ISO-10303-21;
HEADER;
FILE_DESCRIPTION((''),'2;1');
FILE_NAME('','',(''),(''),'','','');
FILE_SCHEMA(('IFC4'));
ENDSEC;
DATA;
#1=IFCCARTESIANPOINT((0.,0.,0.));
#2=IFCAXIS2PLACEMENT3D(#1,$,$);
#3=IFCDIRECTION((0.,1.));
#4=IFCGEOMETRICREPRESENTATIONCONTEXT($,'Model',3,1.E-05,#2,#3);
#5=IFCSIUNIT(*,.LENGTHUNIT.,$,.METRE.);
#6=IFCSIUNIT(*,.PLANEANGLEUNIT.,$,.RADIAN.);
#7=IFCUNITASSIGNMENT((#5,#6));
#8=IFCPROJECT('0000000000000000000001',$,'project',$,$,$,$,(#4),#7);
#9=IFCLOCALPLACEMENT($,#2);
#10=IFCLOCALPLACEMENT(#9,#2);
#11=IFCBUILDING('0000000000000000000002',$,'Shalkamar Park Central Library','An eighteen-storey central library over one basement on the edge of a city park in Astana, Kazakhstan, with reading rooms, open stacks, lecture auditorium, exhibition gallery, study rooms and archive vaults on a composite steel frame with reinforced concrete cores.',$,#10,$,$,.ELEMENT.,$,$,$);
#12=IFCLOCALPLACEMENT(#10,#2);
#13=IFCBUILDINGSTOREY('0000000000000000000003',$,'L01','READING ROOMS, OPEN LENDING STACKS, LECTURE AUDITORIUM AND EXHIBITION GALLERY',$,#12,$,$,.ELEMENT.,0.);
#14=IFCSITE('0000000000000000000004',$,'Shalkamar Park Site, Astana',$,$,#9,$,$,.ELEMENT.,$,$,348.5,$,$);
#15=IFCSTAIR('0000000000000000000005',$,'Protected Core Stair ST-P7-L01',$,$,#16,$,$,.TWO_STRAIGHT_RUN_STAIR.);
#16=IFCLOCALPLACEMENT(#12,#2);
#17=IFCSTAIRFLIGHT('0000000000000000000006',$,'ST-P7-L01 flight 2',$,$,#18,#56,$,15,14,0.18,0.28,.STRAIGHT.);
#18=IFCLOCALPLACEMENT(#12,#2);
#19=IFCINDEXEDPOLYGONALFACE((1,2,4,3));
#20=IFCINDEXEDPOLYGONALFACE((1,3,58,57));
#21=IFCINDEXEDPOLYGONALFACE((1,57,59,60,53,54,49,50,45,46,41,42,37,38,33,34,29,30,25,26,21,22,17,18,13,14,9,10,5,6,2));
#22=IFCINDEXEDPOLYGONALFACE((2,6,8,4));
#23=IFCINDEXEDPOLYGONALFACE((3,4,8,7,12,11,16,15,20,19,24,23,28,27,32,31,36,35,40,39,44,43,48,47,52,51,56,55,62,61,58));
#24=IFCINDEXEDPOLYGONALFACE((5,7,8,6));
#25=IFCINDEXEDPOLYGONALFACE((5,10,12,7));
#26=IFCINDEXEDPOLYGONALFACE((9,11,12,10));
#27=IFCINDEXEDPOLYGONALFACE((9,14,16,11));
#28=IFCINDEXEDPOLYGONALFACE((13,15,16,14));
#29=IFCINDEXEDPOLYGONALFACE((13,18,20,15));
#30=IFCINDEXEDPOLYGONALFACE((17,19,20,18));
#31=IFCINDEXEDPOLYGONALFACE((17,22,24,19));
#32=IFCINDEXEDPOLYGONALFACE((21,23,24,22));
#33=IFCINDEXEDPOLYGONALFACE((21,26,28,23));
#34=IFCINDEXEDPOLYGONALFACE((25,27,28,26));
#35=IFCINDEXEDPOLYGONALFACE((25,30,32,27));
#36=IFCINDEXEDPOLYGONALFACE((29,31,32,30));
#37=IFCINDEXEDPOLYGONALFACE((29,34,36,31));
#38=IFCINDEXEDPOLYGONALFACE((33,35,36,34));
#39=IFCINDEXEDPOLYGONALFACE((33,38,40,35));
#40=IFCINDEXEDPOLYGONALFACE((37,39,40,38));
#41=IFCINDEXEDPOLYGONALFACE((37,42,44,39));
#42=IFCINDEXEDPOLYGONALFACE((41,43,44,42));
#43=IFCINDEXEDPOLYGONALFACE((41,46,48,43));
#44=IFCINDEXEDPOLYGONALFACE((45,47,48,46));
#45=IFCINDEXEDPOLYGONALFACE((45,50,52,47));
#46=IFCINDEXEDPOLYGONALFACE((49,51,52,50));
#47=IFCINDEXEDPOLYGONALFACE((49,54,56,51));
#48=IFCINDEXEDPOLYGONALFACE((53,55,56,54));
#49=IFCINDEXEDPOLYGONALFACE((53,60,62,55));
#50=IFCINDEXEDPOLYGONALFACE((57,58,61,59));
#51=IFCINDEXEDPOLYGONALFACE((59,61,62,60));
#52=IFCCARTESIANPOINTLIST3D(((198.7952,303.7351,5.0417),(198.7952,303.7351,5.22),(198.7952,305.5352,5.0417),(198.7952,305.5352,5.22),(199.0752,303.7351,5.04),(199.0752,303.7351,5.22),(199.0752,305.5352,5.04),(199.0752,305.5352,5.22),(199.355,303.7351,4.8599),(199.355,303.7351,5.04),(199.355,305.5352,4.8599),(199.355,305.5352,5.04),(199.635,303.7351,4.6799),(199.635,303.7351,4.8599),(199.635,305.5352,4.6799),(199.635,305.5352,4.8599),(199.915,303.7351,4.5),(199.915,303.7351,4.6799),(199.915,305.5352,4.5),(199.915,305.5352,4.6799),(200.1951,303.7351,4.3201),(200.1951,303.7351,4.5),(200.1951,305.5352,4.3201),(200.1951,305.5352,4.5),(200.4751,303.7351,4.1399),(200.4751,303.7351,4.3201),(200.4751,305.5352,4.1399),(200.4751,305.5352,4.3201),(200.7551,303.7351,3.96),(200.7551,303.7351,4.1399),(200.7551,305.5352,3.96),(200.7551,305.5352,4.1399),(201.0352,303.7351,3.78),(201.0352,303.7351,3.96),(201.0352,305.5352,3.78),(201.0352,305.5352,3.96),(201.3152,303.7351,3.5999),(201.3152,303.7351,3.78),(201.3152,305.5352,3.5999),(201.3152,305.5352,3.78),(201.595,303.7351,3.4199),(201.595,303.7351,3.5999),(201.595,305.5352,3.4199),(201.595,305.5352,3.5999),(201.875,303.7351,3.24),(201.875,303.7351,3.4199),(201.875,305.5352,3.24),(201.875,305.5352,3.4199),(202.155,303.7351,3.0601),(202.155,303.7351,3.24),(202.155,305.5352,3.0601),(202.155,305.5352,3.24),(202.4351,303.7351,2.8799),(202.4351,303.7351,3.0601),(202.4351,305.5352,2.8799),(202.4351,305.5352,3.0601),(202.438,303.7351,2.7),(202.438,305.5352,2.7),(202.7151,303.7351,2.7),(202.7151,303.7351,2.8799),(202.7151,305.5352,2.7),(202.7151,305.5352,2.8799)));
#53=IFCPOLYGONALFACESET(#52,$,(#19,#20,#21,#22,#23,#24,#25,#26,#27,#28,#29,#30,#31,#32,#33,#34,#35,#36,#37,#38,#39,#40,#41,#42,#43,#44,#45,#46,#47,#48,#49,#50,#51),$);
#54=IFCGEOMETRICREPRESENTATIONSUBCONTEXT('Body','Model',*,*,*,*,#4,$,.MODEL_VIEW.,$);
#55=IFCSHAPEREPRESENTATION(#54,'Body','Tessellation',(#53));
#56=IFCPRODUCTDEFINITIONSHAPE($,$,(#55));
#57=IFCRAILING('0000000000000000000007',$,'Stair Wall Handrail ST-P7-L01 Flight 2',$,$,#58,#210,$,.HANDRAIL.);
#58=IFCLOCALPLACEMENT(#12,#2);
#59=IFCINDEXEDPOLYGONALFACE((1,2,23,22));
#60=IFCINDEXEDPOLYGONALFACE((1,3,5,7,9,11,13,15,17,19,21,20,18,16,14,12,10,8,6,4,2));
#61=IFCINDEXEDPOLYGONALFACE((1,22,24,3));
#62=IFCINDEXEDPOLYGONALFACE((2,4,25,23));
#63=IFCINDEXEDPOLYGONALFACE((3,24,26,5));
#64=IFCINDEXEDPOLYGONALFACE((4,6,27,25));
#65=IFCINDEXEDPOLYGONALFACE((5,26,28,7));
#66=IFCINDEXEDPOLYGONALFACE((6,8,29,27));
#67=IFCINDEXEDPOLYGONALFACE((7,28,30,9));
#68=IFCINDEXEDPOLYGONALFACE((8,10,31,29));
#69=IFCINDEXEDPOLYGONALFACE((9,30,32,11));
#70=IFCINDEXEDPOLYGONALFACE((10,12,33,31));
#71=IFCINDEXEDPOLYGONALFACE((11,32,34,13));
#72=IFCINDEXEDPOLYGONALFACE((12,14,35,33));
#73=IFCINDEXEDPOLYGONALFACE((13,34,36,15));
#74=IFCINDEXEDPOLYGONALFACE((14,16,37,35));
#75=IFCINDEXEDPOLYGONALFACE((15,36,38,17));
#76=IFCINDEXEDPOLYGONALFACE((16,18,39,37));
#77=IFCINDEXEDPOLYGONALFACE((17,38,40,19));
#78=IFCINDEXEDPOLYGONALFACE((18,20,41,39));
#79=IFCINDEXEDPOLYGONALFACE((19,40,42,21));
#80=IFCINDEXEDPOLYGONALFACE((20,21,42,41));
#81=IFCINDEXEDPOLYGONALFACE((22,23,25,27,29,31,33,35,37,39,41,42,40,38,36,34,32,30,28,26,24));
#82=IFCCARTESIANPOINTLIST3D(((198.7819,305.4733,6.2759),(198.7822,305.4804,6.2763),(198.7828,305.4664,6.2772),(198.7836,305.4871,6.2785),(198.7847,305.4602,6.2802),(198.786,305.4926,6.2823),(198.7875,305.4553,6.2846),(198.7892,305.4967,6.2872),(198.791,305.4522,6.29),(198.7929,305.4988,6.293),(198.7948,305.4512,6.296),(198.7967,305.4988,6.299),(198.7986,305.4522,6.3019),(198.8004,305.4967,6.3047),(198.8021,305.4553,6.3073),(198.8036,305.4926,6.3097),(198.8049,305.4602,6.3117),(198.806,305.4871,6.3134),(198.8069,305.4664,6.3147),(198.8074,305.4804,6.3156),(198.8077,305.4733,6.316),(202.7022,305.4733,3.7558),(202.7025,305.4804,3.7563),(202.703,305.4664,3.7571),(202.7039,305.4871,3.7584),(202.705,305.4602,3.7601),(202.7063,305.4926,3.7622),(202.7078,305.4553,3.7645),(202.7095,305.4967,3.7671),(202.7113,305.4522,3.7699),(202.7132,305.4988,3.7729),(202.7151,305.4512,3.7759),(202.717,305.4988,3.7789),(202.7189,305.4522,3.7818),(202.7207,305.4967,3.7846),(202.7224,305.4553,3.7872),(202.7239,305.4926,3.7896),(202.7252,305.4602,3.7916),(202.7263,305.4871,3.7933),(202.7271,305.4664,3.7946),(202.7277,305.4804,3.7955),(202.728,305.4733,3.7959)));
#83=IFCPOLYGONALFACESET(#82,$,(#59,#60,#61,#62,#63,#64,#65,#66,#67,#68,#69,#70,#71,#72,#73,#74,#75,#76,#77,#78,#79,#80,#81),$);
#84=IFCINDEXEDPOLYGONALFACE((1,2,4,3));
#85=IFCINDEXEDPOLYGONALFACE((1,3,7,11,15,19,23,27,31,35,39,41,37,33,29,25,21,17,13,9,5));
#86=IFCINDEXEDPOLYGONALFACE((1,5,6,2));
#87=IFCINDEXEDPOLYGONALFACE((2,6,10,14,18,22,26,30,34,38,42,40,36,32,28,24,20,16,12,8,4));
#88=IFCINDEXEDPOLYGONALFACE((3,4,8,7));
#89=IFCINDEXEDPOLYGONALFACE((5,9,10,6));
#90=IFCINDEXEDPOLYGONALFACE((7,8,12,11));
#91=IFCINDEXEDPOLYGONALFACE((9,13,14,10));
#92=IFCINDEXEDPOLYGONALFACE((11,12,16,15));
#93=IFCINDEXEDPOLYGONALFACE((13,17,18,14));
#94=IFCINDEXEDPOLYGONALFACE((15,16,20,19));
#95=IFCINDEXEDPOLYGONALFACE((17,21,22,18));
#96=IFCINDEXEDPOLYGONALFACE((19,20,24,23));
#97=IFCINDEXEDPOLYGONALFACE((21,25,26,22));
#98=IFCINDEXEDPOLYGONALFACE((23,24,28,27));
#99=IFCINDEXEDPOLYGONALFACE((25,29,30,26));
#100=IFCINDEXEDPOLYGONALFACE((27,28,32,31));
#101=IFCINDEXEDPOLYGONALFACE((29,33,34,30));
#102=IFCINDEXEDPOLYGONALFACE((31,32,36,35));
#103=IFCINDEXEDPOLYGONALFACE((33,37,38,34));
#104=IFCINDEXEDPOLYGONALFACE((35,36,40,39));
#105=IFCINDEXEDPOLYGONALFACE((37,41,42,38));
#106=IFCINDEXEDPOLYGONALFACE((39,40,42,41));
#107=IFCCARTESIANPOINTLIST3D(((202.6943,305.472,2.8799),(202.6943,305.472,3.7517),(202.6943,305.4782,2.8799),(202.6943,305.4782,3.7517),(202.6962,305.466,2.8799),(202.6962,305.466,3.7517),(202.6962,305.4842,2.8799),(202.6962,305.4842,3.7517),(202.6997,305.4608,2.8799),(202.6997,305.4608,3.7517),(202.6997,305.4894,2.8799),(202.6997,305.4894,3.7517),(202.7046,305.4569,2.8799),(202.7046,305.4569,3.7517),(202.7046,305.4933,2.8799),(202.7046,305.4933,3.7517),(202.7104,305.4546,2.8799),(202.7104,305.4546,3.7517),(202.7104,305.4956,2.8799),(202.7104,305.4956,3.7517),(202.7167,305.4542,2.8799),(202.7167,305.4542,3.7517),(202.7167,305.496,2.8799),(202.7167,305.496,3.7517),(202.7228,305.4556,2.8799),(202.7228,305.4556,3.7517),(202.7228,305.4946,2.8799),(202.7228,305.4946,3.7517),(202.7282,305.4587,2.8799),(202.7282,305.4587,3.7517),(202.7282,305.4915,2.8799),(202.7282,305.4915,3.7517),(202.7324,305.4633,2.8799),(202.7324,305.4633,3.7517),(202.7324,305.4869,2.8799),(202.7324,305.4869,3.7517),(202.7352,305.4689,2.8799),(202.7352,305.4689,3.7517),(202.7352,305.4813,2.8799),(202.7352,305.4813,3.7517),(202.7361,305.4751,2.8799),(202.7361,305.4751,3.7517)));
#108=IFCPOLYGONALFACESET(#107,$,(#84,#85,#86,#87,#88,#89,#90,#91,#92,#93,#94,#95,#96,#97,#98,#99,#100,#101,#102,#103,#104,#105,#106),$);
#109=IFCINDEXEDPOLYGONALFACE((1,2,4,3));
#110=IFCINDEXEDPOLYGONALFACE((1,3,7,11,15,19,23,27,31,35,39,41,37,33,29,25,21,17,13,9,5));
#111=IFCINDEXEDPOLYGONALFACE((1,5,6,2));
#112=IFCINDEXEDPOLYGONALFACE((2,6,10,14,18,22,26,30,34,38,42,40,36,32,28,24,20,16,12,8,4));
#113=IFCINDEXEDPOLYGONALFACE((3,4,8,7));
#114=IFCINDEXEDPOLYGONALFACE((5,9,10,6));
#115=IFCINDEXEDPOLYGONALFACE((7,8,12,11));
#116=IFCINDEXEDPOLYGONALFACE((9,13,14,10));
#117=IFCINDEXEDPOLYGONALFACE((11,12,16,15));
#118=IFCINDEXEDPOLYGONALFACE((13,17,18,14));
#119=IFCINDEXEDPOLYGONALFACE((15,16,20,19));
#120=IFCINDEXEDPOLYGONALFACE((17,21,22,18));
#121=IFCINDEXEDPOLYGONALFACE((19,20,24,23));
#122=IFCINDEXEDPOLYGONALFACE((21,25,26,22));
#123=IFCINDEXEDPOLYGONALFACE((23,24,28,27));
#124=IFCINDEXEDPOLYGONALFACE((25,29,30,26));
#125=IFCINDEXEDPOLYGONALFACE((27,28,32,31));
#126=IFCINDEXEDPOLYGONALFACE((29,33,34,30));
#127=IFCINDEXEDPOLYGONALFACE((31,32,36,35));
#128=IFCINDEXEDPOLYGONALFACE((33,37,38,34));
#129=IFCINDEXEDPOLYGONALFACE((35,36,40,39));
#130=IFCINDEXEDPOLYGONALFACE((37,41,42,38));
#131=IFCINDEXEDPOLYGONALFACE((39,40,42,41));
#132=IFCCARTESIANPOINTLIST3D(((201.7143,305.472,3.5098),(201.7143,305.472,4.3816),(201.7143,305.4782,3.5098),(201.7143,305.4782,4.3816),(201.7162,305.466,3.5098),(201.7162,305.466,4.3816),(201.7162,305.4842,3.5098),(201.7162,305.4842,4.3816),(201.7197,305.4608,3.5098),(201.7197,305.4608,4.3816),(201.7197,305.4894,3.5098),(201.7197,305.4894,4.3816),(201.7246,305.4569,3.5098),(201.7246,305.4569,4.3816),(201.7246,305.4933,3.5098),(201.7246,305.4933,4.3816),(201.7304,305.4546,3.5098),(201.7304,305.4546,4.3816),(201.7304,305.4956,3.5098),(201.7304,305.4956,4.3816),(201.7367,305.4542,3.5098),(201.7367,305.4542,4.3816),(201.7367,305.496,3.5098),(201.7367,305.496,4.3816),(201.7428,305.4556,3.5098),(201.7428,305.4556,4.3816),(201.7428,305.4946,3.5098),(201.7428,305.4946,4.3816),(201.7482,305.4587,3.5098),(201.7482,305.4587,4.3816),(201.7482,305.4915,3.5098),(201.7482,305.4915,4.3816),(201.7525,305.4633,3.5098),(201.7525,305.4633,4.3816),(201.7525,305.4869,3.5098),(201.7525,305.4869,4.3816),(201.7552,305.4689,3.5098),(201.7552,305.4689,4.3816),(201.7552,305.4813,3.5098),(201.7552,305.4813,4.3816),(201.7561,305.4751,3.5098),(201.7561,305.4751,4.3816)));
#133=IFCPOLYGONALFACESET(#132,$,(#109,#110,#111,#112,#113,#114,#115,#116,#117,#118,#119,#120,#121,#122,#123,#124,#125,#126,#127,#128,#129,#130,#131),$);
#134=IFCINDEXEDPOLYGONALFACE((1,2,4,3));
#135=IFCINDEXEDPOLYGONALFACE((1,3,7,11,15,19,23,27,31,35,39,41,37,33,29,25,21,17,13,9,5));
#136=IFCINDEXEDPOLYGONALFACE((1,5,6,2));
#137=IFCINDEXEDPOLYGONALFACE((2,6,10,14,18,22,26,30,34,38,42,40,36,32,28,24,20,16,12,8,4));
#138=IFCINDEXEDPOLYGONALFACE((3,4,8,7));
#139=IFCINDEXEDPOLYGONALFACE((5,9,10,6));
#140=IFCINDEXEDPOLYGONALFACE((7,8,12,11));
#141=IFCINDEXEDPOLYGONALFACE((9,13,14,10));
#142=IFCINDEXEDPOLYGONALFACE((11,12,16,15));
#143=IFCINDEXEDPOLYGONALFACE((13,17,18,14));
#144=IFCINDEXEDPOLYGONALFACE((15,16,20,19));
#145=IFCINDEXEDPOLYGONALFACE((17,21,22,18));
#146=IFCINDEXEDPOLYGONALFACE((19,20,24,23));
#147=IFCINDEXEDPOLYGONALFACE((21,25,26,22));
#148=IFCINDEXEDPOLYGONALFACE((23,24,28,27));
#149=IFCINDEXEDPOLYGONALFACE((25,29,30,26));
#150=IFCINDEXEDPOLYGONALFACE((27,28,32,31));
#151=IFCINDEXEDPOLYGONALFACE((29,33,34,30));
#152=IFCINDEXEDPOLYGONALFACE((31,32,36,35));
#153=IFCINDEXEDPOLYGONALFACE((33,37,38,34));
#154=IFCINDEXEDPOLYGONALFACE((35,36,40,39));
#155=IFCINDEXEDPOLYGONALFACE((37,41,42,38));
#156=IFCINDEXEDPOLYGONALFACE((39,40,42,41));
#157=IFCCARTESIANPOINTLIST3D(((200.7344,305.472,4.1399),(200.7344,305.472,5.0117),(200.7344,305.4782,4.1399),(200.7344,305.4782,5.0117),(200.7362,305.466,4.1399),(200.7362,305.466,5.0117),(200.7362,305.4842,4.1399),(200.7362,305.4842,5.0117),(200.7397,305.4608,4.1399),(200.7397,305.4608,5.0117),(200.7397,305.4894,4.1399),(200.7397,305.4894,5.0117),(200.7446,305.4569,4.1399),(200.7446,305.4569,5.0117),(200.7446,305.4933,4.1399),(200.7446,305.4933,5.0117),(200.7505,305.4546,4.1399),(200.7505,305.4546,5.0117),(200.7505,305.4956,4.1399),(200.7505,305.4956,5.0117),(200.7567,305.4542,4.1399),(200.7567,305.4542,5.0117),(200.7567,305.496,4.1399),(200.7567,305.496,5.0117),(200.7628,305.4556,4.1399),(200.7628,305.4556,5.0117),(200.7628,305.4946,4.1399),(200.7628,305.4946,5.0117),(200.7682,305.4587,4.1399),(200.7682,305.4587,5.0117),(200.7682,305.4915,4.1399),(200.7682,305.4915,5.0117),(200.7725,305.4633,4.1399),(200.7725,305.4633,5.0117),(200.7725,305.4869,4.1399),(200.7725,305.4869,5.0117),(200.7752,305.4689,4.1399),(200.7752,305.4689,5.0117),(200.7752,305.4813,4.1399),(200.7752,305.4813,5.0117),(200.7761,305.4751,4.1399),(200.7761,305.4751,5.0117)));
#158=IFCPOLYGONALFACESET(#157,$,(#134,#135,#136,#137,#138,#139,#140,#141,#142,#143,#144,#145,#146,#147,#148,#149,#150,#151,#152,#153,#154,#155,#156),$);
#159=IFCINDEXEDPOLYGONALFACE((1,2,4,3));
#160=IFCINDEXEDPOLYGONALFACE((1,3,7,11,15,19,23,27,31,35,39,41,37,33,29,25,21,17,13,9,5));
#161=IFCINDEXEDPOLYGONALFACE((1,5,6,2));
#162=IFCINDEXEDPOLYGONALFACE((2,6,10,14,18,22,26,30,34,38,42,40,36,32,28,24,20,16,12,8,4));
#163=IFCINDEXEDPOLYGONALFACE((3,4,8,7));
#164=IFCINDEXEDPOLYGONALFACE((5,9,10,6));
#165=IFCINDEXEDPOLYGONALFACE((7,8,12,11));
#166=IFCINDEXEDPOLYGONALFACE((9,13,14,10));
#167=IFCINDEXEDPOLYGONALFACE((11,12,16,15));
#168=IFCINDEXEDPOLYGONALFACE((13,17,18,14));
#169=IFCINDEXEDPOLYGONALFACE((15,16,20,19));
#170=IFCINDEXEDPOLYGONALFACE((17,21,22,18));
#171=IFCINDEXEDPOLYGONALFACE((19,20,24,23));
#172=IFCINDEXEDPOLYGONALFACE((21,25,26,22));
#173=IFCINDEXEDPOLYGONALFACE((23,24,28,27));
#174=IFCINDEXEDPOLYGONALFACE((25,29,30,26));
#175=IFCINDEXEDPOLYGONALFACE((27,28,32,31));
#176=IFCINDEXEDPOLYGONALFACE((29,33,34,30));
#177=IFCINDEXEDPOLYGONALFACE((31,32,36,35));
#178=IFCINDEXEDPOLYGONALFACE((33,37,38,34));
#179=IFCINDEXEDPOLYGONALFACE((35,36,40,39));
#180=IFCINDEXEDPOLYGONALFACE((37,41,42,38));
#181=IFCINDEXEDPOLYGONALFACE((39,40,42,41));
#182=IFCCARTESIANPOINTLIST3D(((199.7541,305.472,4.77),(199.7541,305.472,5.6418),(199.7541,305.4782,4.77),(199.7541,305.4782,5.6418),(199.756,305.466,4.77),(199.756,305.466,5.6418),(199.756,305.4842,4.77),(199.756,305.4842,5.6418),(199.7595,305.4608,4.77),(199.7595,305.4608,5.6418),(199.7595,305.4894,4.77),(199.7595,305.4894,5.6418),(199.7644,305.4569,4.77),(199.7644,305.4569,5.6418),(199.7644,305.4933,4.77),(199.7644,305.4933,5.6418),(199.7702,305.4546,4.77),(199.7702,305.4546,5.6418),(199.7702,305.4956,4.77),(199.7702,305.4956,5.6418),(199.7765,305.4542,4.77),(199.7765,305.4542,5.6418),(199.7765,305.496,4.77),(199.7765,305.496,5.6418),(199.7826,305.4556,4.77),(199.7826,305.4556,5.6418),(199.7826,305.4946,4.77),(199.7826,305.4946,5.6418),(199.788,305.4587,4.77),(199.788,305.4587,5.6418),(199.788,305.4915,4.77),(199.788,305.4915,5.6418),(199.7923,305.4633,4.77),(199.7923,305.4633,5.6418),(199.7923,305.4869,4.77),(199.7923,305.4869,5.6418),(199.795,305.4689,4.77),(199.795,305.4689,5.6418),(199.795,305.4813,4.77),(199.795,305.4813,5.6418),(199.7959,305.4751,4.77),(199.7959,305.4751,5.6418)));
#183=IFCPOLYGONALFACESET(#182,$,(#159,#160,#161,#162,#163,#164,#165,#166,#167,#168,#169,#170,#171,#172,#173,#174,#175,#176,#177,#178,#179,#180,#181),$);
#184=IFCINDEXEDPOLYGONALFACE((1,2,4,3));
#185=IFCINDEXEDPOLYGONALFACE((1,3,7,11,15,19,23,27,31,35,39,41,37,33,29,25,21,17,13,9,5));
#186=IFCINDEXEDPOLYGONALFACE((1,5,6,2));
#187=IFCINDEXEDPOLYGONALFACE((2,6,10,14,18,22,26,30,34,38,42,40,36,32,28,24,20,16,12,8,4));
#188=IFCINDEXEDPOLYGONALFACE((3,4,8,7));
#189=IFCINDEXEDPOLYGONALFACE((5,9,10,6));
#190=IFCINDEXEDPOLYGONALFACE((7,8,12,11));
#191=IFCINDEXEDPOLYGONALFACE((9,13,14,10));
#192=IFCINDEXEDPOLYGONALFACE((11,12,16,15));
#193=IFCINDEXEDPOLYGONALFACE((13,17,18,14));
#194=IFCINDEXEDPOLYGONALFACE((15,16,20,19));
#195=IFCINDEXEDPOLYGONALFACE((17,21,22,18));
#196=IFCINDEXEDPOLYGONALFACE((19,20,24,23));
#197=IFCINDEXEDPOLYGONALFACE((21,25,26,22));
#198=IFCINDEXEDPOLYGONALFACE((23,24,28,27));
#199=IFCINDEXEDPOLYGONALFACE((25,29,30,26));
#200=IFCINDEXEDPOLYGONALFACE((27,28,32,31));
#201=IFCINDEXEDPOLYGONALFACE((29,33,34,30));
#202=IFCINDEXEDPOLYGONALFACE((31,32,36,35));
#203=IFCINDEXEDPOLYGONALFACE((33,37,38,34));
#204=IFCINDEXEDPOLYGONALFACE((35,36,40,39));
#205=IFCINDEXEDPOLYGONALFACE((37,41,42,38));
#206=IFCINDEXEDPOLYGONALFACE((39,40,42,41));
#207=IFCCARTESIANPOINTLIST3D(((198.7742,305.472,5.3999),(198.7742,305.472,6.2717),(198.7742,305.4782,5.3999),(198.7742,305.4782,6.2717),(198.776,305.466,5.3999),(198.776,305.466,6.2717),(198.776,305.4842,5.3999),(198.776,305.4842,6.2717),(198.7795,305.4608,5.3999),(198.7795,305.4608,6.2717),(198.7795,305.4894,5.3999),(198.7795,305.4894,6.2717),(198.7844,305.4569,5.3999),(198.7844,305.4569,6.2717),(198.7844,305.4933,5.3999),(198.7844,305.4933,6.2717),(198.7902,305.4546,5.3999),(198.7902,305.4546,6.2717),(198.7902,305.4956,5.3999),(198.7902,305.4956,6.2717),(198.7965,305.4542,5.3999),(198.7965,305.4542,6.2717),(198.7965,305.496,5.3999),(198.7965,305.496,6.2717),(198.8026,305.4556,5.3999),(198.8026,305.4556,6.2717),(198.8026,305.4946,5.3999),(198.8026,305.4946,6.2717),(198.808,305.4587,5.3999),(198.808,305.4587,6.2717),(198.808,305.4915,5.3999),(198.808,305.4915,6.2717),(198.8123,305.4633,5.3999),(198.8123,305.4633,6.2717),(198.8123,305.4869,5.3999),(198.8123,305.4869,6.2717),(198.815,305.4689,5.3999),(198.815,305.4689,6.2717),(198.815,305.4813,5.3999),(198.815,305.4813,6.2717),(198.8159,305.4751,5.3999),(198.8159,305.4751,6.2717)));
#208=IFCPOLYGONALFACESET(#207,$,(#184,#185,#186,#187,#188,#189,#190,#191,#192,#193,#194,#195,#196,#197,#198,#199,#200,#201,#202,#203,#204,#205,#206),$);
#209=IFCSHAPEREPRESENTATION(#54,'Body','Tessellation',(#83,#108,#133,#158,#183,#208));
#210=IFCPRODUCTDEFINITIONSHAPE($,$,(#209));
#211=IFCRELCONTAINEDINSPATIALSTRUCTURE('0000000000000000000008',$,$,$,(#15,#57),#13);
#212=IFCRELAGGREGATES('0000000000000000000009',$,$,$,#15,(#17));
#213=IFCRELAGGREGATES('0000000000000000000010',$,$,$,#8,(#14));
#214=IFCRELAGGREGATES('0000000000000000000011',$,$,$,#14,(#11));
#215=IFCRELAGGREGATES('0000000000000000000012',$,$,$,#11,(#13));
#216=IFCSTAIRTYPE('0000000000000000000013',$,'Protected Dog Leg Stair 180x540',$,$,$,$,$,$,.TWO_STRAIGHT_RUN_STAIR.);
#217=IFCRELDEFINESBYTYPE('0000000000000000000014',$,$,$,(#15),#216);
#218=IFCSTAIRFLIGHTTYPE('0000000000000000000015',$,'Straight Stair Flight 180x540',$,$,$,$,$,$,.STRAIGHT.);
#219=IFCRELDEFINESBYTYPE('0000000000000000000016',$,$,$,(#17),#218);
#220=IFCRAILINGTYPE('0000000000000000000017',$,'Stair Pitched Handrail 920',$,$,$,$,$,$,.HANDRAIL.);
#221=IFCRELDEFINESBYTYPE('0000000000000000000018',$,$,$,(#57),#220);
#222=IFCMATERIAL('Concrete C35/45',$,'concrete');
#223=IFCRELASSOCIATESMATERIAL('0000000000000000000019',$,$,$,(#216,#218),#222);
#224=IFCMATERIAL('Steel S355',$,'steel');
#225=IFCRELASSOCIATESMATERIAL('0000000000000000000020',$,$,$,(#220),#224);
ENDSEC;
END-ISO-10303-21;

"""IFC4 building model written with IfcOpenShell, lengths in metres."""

from ifc_helpers import new_model, si_unit, direction, frame, origin, origin_2d, place, context, subcontext, project, spatial, polyline, circle, outline, extrude, material, type_object, element, aggregate, save


model = new_model("IFC4")

# Units and contexts
model_context = context("Model", 3, precision=1e-05, world=origin(), true_north=direction((0.0, 1.0)))
body_context = subcontext(model_context, "Body", "Model", "MODEL_VIEW")
ifc_project = project(units=[si_unit("LENGTHUNIT", "METRE"), si_unit("PLANEANGLEUNIT", "RADIAN")], contexts=[model_context])

# Site, building, storey
site_placement = place(None, origin())
site = spatial("IfcSite", under=ifc_project, at=site_placement, Name="Shalkamar Park Site, Astana", CompositionType="ELEMENT", RefElevation=348.5)
building_placement = place(site_placement, origin())
building = spatial("IfcBuilding", under=site, at=building_placement, Name="Shalkamar Park Central Library", Description="An eighteen-storey central library over one basement on the edge of a city park in Astana, Kazakhstan, with reading rooms, open stacks, lecture auditorium, exhibition gallery, study rooms and archive vaults on a composite steel frame with reinforced concrete cores.", CompositionType="ELEMENT")
storey_placement = place(building_placement, origin())
storey = spatial("IfcBuildingStorey", under=building, at=storey_placement, Name="L01", Description="READING ROOMS, OPEN LENDING STACKS, LECTURE AUDITORIUM AND EXHIBITION GALLERY", CompositionType="ELEMENT", Elevation=0.0)

# Shared definitions
ifc_material_1 = material(Name="Steel S355", Category="steel")

# Stair, stair flight
ifc_material_2 = material(Name="Concrete C35/45", Category="concrete")
stair_type = type_object("IfcStairType", Name="Protected Dog Leg Stair 180x540", PredefinedType="TWO_STRAIGHT_RUN_STAIR", material=ifc_material_2)
stair_placement = place(storey_placement, origin())
stair = element("IfcStair", 1, at=stair_placement, inside=storey, type_object=stair_type, Name="Protected Core Stair ST-P7-L01", PredefinedType="TWO_STRAIGHT_RUN_STAIR")
stair_flight_type = type_object("IfcStairFlightType", Name="Straight Stair Flight 180x540", PredefinedType="STRAIGHT", material=ifc_material_2)
stair_flight_placement = place(storey_placement, frame((202.7151, 304.635, 2.7), z_axis=(0.0, 0.0, 1.0), x_axis=(-1.0, 0.0, 0.0)))
stair_flight = element("IfcStairFlight", 2, at=stair_flight_placement, type_object=stair_flight_type, Name="ST-P7-L01 flight 2", NumberOfRisers=15, NumberOfTreads=14, PredefinedType="STRAIGHT", RiserHeight=0.18, TreadLength=0.28, context=body_context, shape_type="SweptSolid", body=[
    extrude(outline(polyline([(0.0, 0.0), (0.0, 0.1799), (0.28, 0.1799), (0.28, 0.3601), (0.5601, 0.3601), (0.5601, 0.54), (0.8401, 0.54), (0.8401, 0.72), (1.1201, 0.72), (1.1201, 0.8999), (1.3999, 0.8999), (1.3999, 1.0801), (1.6799, 1.0801), (1.6799, 1.26), (1.96, 1.26), (1.96, 1.4399), (2.24, 1.4399), (2.24, 1.6201), (2.52, 1.6201), (2.52, 1.8), (2.8, 1.8), (2.8, 1.98), (3.0801, 1.98), (3.0801, 2.1599), (3.3601, 2.1599), (3.3601, 2.3401), (3.6399, 2.3401), (3.6399, 2.52), (3.9199, 2.52), (3.9199, 2.7), (3.9199, 2.3418), (0.2771, 0.0), (0.0, 0.0)])), frame((0.0, 0.8999, 0.0), z_axis=(0.0, -1.0, 0.0), x_axis=(1.0, 0.0, 0.0)), (0.0, 0.0, 1.0), 1.8),
])
aggregate(stair, [stair_flight])

# Railing
railing_type = type_object("IfcRailingType", Name="Stair Pitched Handrail 920", PredefinedType="HANDRAIL", material=ifc_material_1)
railing_placement = place(storey_placement, frame((202.7151, 305.4751, 2.8799)))
element("IfcRailing", 3, at=railing_placement, inside=storey, type_object=railing_type, Name="Stair Wall Handrail ST-P7-L01 Flight 2", PredefinedType="HANDRAIL", context=body_context, shape_type="SweptSolid", body=[
    extrude(circle(Radius=0.0239, at=origin_2d()), frame((0.0, 0.0, 0.896), z_axis=(-0.841187, 0.0, 0.540744), x_axis=(0.0, -1.0, 0.0)), (0.0, 0.0, 1.0), 4.6604),
    extrude(circle(Radius=0.021, at=origin_2d()), origin(), (0.0, 0.0, 1.0), 0.8718),
    extrude(circle(Radius=0.021, at=origin_2d()), frame((-0.98, 0.0, 0.6299)), (0.0, 0.0, 1.0), 0.8718),
    extrude(circle(Radius=0.021, at=origin_2d()), frame((-1.96, 0.0, 1.26)), (0.0, 0.0, 1.0), 0.8718),
    extrude(circle(Radius=0.021, at=origin_2d()), frame((-2.9402, 0.0, 1.8901)), (0.0, 0.0, 1.0), 0.8718),
    extrude(circle(Radius=0.021, at=origin_2d()), frame((-3.9202, 0.0, 2.52)), (0.0, 0.0, 1.0), 0.8718),
])

save(model, "model.ifc")
